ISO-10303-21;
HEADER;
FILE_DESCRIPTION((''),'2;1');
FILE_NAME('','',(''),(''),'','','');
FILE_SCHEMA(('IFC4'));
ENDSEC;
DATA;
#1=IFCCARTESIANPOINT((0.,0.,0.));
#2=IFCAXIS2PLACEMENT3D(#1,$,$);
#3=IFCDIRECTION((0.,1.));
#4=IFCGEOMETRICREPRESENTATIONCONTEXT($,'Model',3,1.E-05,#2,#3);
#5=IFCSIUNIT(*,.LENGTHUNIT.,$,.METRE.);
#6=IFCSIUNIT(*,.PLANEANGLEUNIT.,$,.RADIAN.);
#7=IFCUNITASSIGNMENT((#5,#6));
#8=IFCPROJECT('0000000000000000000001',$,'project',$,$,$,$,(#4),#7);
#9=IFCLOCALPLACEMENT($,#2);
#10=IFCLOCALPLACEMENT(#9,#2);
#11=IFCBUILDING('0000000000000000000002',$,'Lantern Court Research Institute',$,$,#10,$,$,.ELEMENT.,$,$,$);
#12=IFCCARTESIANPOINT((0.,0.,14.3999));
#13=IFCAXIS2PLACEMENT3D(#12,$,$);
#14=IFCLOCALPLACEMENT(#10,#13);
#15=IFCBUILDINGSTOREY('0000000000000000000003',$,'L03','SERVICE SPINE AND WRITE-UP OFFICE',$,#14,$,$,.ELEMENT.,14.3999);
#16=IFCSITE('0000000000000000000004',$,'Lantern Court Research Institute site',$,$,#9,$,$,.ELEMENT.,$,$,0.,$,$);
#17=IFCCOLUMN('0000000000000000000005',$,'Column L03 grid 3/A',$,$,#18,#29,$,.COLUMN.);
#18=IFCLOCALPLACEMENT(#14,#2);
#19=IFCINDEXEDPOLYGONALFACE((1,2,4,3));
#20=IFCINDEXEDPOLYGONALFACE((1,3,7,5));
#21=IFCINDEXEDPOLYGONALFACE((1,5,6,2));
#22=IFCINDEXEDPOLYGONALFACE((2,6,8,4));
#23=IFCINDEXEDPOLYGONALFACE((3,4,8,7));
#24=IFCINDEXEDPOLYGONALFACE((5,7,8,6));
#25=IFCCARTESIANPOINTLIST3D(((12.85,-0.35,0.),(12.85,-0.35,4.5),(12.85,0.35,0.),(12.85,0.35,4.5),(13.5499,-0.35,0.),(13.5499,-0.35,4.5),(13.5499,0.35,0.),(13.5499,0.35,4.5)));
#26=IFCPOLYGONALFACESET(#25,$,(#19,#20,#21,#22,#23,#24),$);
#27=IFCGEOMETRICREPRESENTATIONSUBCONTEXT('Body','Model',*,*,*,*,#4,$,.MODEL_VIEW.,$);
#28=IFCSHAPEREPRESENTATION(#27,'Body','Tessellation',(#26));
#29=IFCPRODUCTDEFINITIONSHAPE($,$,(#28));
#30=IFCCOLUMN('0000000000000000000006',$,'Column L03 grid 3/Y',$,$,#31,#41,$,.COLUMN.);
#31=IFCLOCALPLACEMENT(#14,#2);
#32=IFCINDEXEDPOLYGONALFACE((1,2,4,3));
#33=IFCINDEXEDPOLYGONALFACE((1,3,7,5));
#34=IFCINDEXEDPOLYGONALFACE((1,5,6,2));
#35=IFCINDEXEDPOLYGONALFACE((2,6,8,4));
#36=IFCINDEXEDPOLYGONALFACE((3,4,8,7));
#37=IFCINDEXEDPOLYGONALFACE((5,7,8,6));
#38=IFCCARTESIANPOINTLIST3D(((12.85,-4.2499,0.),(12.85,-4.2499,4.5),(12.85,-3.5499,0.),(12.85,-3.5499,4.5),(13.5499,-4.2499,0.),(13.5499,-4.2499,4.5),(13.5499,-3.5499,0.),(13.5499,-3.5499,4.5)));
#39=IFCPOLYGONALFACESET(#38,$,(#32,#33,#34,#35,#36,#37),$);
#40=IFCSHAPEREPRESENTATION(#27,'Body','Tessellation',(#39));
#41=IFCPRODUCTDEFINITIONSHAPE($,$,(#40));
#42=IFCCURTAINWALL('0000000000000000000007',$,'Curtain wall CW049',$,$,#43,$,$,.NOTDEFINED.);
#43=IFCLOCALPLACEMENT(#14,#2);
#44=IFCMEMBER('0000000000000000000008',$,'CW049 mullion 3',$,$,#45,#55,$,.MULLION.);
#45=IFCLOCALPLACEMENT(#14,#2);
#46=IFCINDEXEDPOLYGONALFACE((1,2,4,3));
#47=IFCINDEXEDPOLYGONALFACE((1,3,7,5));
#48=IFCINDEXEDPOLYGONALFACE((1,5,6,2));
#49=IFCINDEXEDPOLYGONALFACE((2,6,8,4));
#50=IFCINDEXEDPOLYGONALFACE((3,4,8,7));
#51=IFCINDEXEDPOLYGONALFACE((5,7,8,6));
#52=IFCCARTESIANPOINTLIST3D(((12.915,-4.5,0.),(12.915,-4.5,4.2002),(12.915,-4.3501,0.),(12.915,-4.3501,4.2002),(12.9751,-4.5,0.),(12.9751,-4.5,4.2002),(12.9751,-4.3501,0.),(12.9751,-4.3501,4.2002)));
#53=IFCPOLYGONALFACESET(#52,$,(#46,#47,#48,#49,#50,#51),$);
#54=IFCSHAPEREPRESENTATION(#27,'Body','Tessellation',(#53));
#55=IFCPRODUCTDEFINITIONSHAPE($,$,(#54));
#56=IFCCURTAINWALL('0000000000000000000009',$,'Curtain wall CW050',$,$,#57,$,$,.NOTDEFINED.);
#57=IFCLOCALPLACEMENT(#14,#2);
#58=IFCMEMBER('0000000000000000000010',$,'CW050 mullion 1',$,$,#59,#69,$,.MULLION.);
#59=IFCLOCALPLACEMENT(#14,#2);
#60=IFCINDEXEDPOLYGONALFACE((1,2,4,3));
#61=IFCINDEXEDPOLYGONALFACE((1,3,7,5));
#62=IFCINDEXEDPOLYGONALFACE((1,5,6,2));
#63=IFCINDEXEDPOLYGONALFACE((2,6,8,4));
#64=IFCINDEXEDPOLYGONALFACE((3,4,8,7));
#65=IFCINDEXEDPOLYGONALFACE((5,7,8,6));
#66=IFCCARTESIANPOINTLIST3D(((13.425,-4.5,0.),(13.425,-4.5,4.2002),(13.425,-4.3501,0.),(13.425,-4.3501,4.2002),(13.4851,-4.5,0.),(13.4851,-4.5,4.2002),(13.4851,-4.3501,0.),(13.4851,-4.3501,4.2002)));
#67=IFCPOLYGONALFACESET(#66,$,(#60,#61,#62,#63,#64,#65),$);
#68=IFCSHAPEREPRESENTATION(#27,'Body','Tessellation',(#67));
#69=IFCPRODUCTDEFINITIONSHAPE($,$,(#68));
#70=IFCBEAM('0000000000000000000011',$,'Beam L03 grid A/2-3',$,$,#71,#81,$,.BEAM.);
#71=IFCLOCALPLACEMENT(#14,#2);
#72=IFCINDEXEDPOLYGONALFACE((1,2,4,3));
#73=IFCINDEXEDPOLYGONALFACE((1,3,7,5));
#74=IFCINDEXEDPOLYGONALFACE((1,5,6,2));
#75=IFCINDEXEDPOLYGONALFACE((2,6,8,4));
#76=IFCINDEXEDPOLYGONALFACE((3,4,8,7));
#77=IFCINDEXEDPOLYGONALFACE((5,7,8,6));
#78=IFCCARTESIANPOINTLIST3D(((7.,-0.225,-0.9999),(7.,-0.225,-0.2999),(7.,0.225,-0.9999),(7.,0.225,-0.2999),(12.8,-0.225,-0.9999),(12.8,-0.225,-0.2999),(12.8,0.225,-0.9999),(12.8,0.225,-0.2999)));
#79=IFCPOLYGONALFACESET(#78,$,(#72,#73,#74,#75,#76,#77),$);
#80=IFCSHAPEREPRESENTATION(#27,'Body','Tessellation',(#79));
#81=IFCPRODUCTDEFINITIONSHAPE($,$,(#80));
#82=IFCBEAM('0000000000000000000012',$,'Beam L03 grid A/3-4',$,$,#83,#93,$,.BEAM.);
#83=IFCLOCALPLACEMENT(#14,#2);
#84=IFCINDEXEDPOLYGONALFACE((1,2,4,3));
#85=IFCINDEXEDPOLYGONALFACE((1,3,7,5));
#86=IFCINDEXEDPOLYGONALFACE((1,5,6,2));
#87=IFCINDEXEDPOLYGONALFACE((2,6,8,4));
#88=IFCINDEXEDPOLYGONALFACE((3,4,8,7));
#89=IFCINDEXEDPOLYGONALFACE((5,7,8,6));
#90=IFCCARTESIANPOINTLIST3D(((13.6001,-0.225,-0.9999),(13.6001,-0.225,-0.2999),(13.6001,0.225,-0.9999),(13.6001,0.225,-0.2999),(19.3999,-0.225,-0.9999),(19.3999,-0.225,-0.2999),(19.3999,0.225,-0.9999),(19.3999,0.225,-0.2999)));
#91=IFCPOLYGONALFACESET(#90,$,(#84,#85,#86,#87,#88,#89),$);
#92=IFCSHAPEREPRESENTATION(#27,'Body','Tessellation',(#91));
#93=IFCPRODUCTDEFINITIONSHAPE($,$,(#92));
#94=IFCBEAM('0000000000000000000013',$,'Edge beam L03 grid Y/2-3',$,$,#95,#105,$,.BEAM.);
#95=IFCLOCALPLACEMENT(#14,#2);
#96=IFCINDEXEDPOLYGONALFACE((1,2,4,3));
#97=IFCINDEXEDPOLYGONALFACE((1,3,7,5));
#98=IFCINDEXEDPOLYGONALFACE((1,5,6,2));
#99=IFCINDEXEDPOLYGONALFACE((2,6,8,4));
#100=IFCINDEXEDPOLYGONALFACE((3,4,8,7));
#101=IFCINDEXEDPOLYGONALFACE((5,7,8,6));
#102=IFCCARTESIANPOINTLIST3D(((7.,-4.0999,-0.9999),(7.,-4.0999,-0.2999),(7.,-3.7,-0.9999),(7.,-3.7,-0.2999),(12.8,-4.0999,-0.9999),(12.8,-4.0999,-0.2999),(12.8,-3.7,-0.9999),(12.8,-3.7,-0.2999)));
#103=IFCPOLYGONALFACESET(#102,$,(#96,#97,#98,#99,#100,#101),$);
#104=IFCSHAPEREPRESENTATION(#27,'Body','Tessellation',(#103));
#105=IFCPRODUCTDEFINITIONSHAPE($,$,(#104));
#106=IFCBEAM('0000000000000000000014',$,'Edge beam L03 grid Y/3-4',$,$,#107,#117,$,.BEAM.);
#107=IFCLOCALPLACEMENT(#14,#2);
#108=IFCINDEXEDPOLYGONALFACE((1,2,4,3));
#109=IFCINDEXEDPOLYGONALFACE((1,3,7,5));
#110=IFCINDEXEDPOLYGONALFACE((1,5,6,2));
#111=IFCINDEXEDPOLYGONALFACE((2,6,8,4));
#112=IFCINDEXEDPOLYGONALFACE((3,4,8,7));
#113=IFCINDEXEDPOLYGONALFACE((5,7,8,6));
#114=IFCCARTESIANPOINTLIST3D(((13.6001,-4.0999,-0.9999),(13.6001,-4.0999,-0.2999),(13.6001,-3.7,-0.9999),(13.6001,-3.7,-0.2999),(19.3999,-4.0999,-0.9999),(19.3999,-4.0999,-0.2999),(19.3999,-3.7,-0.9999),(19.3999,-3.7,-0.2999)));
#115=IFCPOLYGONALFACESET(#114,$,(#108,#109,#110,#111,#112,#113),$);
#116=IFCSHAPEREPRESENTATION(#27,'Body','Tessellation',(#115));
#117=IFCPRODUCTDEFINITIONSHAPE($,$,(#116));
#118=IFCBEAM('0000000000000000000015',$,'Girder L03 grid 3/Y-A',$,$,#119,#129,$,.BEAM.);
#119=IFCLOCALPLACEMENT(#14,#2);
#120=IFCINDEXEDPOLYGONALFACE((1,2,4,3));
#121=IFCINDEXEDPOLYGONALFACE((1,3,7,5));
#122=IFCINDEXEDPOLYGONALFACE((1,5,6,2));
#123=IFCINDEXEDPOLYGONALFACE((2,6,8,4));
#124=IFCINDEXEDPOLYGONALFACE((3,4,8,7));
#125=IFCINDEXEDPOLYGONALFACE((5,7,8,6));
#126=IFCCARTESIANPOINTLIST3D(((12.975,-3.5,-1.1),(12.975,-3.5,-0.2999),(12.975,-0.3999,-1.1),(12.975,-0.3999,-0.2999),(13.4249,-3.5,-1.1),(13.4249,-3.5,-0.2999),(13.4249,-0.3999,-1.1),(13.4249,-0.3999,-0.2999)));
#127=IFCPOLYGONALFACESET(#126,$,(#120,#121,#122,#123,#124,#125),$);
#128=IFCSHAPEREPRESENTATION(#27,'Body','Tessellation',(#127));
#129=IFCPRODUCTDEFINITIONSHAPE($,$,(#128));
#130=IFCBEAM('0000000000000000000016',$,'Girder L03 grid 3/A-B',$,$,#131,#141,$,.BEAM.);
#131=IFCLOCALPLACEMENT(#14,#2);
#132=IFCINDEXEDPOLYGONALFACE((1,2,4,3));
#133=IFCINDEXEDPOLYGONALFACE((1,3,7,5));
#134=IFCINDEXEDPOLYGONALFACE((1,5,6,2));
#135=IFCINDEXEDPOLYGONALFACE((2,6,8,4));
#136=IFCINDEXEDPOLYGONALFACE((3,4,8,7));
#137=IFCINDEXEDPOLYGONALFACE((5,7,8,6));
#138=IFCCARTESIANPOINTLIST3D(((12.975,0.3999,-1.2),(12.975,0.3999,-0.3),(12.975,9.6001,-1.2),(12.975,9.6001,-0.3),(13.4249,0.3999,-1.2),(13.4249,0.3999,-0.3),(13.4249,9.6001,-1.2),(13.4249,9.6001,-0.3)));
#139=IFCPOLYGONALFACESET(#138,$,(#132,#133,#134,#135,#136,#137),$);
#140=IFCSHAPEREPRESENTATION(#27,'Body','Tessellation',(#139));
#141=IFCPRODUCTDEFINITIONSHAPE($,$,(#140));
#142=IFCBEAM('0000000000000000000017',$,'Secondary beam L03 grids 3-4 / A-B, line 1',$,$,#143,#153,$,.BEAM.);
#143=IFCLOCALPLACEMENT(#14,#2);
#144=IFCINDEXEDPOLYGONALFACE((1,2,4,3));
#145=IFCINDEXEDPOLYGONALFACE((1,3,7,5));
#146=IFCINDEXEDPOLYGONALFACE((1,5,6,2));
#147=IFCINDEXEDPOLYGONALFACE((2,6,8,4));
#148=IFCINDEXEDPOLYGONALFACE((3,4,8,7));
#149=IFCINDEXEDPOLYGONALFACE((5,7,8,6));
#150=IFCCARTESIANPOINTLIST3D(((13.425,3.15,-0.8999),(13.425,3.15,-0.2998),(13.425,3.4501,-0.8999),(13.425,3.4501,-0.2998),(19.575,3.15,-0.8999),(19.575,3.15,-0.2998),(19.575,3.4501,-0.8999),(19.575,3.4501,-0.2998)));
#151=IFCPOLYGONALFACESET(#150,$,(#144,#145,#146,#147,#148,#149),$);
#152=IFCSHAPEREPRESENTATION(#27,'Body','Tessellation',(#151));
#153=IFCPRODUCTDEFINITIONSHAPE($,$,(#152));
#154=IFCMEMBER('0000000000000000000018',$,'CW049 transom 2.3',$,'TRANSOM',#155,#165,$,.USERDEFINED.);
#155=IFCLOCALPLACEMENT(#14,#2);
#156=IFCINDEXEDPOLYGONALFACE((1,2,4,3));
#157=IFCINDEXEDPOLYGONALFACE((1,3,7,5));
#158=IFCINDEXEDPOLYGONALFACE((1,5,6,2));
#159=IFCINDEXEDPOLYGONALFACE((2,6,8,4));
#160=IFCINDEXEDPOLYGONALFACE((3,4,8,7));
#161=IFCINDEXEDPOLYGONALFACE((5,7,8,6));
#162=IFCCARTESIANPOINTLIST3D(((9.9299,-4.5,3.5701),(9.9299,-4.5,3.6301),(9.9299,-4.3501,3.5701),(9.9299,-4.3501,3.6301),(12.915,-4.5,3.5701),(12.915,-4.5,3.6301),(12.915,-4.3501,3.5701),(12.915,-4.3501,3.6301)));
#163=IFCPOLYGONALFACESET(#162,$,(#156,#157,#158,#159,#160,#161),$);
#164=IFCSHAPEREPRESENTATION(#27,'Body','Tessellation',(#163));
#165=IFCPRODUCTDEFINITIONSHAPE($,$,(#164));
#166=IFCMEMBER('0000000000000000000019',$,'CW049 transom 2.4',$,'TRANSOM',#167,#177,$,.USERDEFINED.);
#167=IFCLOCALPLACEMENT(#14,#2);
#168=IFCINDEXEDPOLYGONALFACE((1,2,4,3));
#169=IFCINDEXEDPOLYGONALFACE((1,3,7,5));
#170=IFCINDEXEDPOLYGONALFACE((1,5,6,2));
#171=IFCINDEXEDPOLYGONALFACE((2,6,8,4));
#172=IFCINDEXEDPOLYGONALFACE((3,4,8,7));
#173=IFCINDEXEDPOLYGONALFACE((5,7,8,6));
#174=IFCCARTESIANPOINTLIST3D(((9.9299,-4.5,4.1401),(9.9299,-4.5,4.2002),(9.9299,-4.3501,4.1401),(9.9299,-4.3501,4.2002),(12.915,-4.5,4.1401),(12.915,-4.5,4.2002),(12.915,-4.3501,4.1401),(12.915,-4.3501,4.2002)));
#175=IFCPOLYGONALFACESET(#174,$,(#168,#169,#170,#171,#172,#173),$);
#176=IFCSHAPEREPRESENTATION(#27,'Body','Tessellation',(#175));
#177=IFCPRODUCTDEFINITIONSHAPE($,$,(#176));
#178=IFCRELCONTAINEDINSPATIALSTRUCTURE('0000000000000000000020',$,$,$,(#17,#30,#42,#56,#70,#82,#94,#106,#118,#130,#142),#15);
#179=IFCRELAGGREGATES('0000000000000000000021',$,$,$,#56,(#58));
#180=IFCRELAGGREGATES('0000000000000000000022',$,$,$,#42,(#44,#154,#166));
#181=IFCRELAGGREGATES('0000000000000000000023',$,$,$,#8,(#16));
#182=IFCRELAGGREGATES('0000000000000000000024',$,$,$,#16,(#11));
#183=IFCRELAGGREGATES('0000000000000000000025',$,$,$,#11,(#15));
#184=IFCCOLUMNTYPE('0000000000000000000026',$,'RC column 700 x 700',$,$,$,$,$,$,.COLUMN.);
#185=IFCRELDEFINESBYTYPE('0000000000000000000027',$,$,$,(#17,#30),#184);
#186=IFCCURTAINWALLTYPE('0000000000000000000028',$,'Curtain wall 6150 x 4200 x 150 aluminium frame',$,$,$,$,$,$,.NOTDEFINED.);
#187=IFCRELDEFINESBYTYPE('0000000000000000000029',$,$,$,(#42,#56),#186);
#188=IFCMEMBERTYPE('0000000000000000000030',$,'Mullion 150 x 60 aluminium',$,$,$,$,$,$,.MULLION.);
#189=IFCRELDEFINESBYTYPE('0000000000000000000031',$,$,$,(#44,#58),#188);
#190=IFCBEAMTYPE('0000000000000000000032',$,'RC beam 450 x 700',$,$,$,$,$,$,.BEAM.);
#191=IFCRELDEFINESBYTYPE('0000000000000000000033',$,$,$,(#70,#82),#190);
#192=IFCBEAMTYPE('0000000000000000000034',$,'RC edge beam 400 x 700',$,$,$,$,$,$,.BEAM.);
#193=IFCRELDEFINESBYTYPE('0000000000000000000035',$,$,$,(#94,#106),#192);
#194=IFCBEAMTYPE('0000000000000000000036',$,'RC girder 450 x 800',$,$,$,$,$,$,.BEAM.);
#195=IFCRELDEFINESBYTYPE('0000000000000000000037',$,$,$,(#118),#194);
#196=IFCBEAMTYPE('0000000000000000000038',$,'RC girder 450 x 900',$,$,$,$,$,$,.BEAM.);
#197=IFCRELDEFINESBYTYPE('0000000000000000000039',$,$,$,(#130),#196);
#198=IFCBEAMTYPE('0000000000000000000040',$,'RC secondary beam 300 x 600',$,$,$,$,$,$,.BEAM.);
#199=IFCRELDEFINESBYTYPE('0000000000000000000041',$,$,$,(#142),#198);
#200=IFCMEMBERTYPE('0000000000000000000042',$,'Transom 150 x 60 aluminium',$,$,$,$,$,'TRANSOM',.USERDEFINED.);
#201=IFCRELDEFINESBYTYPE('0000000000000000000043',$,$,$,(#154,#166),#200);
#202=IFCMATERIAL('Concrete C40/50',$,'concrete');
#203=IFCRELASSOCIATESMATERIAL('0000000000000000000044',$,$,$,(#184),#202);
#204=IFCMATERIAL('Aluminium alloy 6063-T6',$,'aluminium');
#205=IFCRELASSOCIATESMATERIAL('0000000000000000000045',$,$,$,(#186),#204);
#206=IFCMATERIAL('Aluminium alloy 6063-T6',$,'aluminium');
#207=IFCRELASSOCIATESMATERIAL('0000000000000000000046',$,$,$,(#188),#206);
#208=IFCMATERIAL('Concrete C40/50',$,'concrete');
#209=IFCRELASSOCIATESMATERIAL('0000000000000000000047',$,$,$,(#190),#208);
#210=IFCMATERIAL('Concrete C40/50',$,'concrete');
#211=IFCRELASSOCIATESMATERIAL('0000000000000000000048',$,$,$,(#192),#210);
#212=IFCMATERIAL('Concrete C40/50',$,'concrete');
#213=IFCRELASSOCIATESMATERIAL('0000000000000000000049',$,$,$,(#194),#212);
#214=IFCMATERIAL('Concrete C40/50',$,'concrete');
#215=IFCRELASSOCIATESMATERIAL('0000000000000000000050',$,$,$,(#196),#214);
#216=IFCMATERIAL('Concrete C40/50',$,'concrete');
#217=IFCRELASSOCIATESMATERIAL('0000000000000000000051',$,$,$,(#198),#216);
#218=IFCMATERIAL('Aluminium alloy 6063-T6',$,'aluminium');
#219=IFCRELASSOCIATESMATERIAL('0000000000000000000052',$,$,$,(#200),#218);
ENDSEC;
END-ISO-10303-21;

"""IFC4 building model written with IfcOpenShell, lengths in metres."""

from ifc_helpers import new_model, si_unit, direction, frame, origin, origin_2d, place, context, subcontext, project, spatial, rectangle, extrude, material, material_profile, profile_set, type_object, element, aggregate, save


model = new_model("IFC4")

# Units and contexts
model_context = context("Model", 3, precision=1e-05, world=origin(), true_north=direction((0.0, 1.0)))
body_context = subcontext(model_context, "Body", "Model", "MODEL_VIEW")
ifc_project = project(units=[si_unit("LENGTHUNIT", "METRE"), si_unit("PLANEANGLEUNIT", "RADIAN")], contexts=[model_context])

# Site, building, storey
site_placement = place(None, origin())
site = spatial("IfcSite", under=ifc_project, at=site_placement, Name="Lantern Court Research Institute site", CompositionType="ELEMENT", RefElevation=0.0)
building_placement = place(site_placement, origin())
building = spatial("IfcBuilding", under=site, at=building_placement, Name="Lantern Court Research Institute", CompositionType="ELEMENT")
storey_placement = place(building_placement, frame((0.0, 0.0, 14.3999)))
storey = spatial("IfcBuildingStorey", under=building, at=storey_placement, Name="L03", Description="SERVICE SPINE AND WRITE-UP OFFICE", CompositionType="ELEMENT", Elevation=14.3999)

# Columns
ifc_material_1 = material(Name="Concrete C40/50", Category="concrete")
ifc_material_profile_1 = material_profile(ifc_material_1, rectangle(XDim=0.7, YDim=0.7, at=origin_2d()), Name="RC column 700 x 700")
ifc_profile_set_1 = profile_set([ifc_material_profile_1], Name="Concrete C40/50")
column_type = type_object("IfcColumnType", Name="RC column 700 x 700", PredefinedType="COLUMN", material=ifc_profile_set_1)
for number, where, z_axis, x_axis, name in (
    (1, (13.2, 0.0, 0.0), (0.0, 0.0, 1.0), (1.0, 0.0, 0.0), "Column L03 grid 3/A"),
    (2, (13.2, -3.8999, 0.0), (0.0, 0.0, 1.0), (1.0, 0.0, 0.0), "Column L03 grid 3/Y"),
):
    element("IfcColumn", number, at=place(storey_placement, frame(where, z_axis=z_axis, x_axis=x_axis)), inside=storey, type_object=column_type, Name=name, PredefinedType="COLUMN", context=body_context, shape_type="SweptSolid", body=[
        extrude(rectangle(XDim=0.7, YDim=0.7, at=origin_2d()), origin(), (0.0, 0.0, 1.0), 4.5),
    ])

# Curtain walls, members
ifc_material_2 = material(Name="Aluminium alloy 6063-T6", Category="aluminium")
curtain_wall_type = type_object("IfcCurtainWallType", Name="Curtain wall 6150 x 4200 x 150 aluminium frame", PredefinedType="NOTDEFINED", material=ifc_material_2)
curtain_wall_1_placement = place(storey_placement, origin())
curtain_wall_1 = element("IfcCurtainWall", 3, at=curtain_wall_1_placement, inside=storey, type_object=curtain_wall_type, Name="Curtain wall CW049", PredefinedType="NOTDEFINED")
ifc_material_3 = material(Name="Aluminium alloy 6063-T6", Category="aluminium")
ifc_material_profile_2 = material_profile(ifc_material_3, rectangle(XDim=0.1499, YDim=0.0601, at=origin_2d()), Name="Mullion 150 x 60")
ifc_profile_set_2 = profile_set([ifc_material_profile_2], Name="Aluminium alloy 6063-T6")
member_type_1 = type_object("IfcMemberType", Name="Mullion 150 x 60 aluminium", PredefinedType="MULLION", material=ifc_profile_set_2)
member_1_placement = place(storey_placement, frame((12.9451, -4.425, 0.0), z_axis=(0.0, 0.0, 1.0), x_axis=(0.0, -1.0, 0.0)))
member_1 = element("IfcMember", 4, at=member_1_placement, type_object=member_type_1, Name="CW049 mullion 3", PredefinedType="MULLION", context=body_context, shape_type="SweptSolid", body=[
    extrude(rectangle(XDim=0.1499, YDim=0.0601, at=origin_2d()), origin(), (0.0, 0.0, 1.0), 4.2002),
])
curtain_wall_2_placement = place(storey_placement, origin())
curtain_wall_2 = element("IfcCurtainWall", 5, at=curtain_wall_2_placement, inside=storey, type_object=curtain_wall_type, Name="Curtain wall CW050", PredefinedType="NOTDEFINED")
member_2_placement = place(storey_placement, frame((13.4551, -4.425, 0.0), z_axis=(0.0, 0.0, 1.0), x_axis=(0.0, -1.0, 0.0)))
member_2 = element("IfcMember", 6, at=member_2_placement, type_object=member_type_1, Name="CW050 mullion 1", PredefinedType="MULLION", context=body_context, shape_type="SweptSolid", body=[
    extrude(rectangle(XDim=0.1499, YDim=0.0601, at=origin_2d()), origin(), (0.0, 0.0, 1.0), 4.2002),
])
aggregate(curtain_wall_2, [member_2])

# Beams
ifc_material_4 = material(Name="Concrete C40/50", Category="concrete")
ifc_material_profile_3 = material_profile(ifc_material_4, rectangle(XDim=0.45, YDim=0.7, at=origin_2d()), Name="RC beam 450 x 700")
ifc_profile_set_3 = profile_set([ifc_material_profile_3], Name="Concrete C40/50")
beam_type_1 = type_object("IfcBeamType", Name="RC beam 450 x 700", PredefinedType="BEAM", material=ifc_profile_set_3)
beam_1_placement = place(storey_placement, frame((7.0, 0.0, -0.6499), z_axis=(1.0, 0.0, 0.0), x_axis=(0.0, 1.0, 0.0)))
element("IfcBeam", 7, at=beam_1_placement, inside=storey, type_object=beam_type_1, Name="Beam L03 grid A/2-3", PredefinedType="BEAM", context=body_context, shape_type="SweptSolid", body=[
    extrude(rectangle(XDim=0.45, YDim=0.7, at=origin_2d()), origin(), (0.0, 0.0, 1.0), 5.8),
])
beam_2_placement = place(storey_placement, frame((13.6001, 0.0, -0.6499), z_axis=(1.0, 0.0, 0.0), x_axis=(0.0, 1.0, 0.0)))
element("IfcBeam", 8, at=beam_2_placement, inside=storey, type_object=beam_type_1, Name="Beam L03 grid A/3-4", PredefinedType="BEAM", context=body_context, shape_type="SweptSolid", body=[
    extrude(rectangle(XDim=0.45, YDim=0.7, at=origin_2d()), origin(), (0.0, 0.0, 1.0), 5.7998),
])
ifc_material_5 = material(Name="Concrete C40/50", Category="concrete")
ifc_material_profile_4 = material_profile(ifc_material_5, rectangle(XDim=0.3999, YDim=0.7, at=origin_2d()), Name="RC beam 400 x 700")
ifc_profile_set_4 = profile_set([ifc_material_profile_4], Name="Concrete C40/50")
beam_type_2 = type_object("IfcBeamType", Name="RC edge beam 400 x 700", PredefinedType="BEAM", material=ifc_profile_set_4)
beam_3_placement = place(storey_placement, frame((7.0, -3.8999, -0.6499), z_axis=(1.0, 0.0, 0.0), x_axis=(0.0, 1.0, 0.0)))
element("IfcBeam", 9, at=beam_3_placement, inside=storey, type_object=beam_type_2, Name="Edge beam L03 grid Y/2-3", PredefinedType="BEAM", context=body_context, shape_type="SweptSolid", body=[
    extrude(rectangle(XDim=0.3999, YDim=0.7, at=origin_2d()), origin(), (0.0, 0.0, 1.0), 5.8),
])
beam_4_placement = place(storey_placement, frame((13.6001, -3.8999, -0.6499), z_axis=(1.0, 0.0, 0.0), x_axis=(0.0, 1.0, 0.0)))
element("IfcBeam", 10, at=beam_4_placement, inside=storey, type_object=beam_type_2, Name="Edge beam L03 grid Y/3-4", PredefinedType="BEAM", context=body_context, shape_type="SweptSolid", body=[
    extrude(rectangle(XDim=0.3999, YDim=0.7, at=origin_2d()), origin(), (0.0, 0.0, 1.0), 5.7998),
])
ifc_material_6 = material(Name="Concrete C40/50", Category="concrete")
ifc_material_profile_5 = material_profile(ifc_material_6, rectangle(XDim=0.45, YDim=0.8, at=origin_2d()), Name="RC beam 450 x 800")
ifc_profile_set_5 = profile_set([ifc_material_profile_5], Name="Concrete C40/50")
beam_type_3 = type_object("IfcBeamType", Name="RC girder 450 x 800", PredefinedType="BEAM", material=ifc_profile_set_5)
beam_5_placement = place(storey_placement, frame((13.2, -3.5, -0.7), z_axis=(0.0, 1.0, 0.0), x_axis=(-1.0, 0.0, 0.0)))
element("IfcBeam", 11, at=beam_5_placement, inside=storey, type_object=beam_type_3, Name="Girder L03 grid 3/Y-A", PredefinedType="BEAM", context=body_context, shape_type="SweptSolid", body=[
    extrude(rectangle(XDim=0.45, YDim=0.8, at=origin_2d()), origin(), (0.0, 0.0, 1.0), 3.1001),
])
ifc_material_7 = material(Name="Concrete C40/50", Category="concrete")
ifc_material_profile_6 = material_profile(ifc_material_7, rectangle(XDim=0.45, YDim=0.8999, at=origin_2d()), Name="RC beam 450 x 900")
ifc_profile_set_6 = profile_set([ifc_material_profile_6], Name="Concrete C40/50")
beam_type_4 = type_object("IfcBeamType", Name="RC girder 450 x 900", PredefinedType="BEAM", material=ifc_profile_set_6)
beam_6_placement = place(storey_placement, frame((13.2, 0.3999, -0.75), z_axis=(0.0, 1.0, 0.0), x_axis=(-1.0, 0.0, 0.0)))
element("IfcBeam", 12, at=beam_6_placement, inside=storey, type_object=beam_type_4, Name="Girder L03 grid 3/A-B", PredefinedType="BEAM", context=body_context, shape_type="SweptSolid", body=[
    extrude(rectangle(XDim=0.45, YDim=0.8999, at=origin_2d()), origin(), (0.0, 0.0, 1.0), 9.2002),
])
ifc_material_8 = material(Name="Concrete C40/50", Category="concrete")
ifc_material_profile_7 = material_profile(ifc_material_8, rectangle(XDim=0.3, YDim=0.6001, at=origin_2d()), Name="RC beam 300 x 600")
ifc_profile_set_7 = profile_set([ifc_material_profile_7], Name="Concrete C40/50")
beam_type_5 = type_object("IfcBeamType", Name="RC secondary beam 300 x 600", PredefinedType="BEAM", material=ifc_profile_set_7)
beam_7_placement = place(storey_placement, frame((13.425, 3.3, -0.5999), z_axis=(1.0, 0.0, 0.0), x_axis=(0.0, 1.0, 0.0)))
element("IfcBeam", 13, at=beam_7_placement, inside=storey, type_object=beam_type_5, Name="Secondary beam L03 grids 3-4 / A-B, line 1", PredefinedType="BEAM", context=body_context, shape_type="SweptSolid", body=[
    extrude(rectangle(XDim=0.3, YDim=0.6001, at=origin_2d()), origin(), (0.0, 0.0, 1.0), 6.1499),
])

# Members
ifc_material_9 = material(Name="Aluminium alloy 6063-T6", Category="aluminium")
ifc_material_profile_8 = material_profile(ifc_material_9, rectangle(XDim=0.1499, YDim=0.0601, at=origin_2d()), Name="Transom 150 x 60")
ifc_profile_set_8 = profile_set([ifc_material_profile_8], Name="Aluminium alloy 6063-T6")
member_type_2 = type_object("IfcMemberType", Name="Transom 150 x 60 aluminium", ElementType="TRANSOM", PredefinedType="USERDEFINED", material=ifc_profile_set_8)
member_3_placement = place(storey_placement, frame((12.915, -4.425, 3.6001), z_axis=(-1.0, 0.0, 0.0), x_axis=(0.0, -1.0, 0.0)))
member_3 = element("IfcMember", 14, at=member_3_placement, type_object=member_type_2, Name="CW049 transom 2.3", ObjectType="TRANSOM", PredefinedType="USERDEFINED", context=body_context, shape_type="SweptSolid", body=[
    extrude(rectangle(XDim=0.1499, YDim=0.0601, at=origin_2d()), origin(), (0.0, 0.0, 1.0), 2.9851),
])
member_4_placement = place(storey_placement, frame((12.915, -4.425, 4.1702), z_axis=(-1.0, 0.0, 0.0), x_axis=(0.0, -1.0, 0.0)))
member_4 = element("IfcMember", 15, at=member_4_placement, type_object=member_type_2, Name="CW049 transom 2.4", ObjectType="TRANSOM", PredefinedType="USERDEFINED", context=body_context, shape_type="SweptSolid", body=[
    extrude(rectangle(XDim=0.1499, YDim=0.0601, at=origin_2d()), origin(), (0.0, 0.0, 1.0), 2.9851),
])
aggregate(curtain_wall_1, [member_1, member_3, member_4])

save(model, "model.ifc")
